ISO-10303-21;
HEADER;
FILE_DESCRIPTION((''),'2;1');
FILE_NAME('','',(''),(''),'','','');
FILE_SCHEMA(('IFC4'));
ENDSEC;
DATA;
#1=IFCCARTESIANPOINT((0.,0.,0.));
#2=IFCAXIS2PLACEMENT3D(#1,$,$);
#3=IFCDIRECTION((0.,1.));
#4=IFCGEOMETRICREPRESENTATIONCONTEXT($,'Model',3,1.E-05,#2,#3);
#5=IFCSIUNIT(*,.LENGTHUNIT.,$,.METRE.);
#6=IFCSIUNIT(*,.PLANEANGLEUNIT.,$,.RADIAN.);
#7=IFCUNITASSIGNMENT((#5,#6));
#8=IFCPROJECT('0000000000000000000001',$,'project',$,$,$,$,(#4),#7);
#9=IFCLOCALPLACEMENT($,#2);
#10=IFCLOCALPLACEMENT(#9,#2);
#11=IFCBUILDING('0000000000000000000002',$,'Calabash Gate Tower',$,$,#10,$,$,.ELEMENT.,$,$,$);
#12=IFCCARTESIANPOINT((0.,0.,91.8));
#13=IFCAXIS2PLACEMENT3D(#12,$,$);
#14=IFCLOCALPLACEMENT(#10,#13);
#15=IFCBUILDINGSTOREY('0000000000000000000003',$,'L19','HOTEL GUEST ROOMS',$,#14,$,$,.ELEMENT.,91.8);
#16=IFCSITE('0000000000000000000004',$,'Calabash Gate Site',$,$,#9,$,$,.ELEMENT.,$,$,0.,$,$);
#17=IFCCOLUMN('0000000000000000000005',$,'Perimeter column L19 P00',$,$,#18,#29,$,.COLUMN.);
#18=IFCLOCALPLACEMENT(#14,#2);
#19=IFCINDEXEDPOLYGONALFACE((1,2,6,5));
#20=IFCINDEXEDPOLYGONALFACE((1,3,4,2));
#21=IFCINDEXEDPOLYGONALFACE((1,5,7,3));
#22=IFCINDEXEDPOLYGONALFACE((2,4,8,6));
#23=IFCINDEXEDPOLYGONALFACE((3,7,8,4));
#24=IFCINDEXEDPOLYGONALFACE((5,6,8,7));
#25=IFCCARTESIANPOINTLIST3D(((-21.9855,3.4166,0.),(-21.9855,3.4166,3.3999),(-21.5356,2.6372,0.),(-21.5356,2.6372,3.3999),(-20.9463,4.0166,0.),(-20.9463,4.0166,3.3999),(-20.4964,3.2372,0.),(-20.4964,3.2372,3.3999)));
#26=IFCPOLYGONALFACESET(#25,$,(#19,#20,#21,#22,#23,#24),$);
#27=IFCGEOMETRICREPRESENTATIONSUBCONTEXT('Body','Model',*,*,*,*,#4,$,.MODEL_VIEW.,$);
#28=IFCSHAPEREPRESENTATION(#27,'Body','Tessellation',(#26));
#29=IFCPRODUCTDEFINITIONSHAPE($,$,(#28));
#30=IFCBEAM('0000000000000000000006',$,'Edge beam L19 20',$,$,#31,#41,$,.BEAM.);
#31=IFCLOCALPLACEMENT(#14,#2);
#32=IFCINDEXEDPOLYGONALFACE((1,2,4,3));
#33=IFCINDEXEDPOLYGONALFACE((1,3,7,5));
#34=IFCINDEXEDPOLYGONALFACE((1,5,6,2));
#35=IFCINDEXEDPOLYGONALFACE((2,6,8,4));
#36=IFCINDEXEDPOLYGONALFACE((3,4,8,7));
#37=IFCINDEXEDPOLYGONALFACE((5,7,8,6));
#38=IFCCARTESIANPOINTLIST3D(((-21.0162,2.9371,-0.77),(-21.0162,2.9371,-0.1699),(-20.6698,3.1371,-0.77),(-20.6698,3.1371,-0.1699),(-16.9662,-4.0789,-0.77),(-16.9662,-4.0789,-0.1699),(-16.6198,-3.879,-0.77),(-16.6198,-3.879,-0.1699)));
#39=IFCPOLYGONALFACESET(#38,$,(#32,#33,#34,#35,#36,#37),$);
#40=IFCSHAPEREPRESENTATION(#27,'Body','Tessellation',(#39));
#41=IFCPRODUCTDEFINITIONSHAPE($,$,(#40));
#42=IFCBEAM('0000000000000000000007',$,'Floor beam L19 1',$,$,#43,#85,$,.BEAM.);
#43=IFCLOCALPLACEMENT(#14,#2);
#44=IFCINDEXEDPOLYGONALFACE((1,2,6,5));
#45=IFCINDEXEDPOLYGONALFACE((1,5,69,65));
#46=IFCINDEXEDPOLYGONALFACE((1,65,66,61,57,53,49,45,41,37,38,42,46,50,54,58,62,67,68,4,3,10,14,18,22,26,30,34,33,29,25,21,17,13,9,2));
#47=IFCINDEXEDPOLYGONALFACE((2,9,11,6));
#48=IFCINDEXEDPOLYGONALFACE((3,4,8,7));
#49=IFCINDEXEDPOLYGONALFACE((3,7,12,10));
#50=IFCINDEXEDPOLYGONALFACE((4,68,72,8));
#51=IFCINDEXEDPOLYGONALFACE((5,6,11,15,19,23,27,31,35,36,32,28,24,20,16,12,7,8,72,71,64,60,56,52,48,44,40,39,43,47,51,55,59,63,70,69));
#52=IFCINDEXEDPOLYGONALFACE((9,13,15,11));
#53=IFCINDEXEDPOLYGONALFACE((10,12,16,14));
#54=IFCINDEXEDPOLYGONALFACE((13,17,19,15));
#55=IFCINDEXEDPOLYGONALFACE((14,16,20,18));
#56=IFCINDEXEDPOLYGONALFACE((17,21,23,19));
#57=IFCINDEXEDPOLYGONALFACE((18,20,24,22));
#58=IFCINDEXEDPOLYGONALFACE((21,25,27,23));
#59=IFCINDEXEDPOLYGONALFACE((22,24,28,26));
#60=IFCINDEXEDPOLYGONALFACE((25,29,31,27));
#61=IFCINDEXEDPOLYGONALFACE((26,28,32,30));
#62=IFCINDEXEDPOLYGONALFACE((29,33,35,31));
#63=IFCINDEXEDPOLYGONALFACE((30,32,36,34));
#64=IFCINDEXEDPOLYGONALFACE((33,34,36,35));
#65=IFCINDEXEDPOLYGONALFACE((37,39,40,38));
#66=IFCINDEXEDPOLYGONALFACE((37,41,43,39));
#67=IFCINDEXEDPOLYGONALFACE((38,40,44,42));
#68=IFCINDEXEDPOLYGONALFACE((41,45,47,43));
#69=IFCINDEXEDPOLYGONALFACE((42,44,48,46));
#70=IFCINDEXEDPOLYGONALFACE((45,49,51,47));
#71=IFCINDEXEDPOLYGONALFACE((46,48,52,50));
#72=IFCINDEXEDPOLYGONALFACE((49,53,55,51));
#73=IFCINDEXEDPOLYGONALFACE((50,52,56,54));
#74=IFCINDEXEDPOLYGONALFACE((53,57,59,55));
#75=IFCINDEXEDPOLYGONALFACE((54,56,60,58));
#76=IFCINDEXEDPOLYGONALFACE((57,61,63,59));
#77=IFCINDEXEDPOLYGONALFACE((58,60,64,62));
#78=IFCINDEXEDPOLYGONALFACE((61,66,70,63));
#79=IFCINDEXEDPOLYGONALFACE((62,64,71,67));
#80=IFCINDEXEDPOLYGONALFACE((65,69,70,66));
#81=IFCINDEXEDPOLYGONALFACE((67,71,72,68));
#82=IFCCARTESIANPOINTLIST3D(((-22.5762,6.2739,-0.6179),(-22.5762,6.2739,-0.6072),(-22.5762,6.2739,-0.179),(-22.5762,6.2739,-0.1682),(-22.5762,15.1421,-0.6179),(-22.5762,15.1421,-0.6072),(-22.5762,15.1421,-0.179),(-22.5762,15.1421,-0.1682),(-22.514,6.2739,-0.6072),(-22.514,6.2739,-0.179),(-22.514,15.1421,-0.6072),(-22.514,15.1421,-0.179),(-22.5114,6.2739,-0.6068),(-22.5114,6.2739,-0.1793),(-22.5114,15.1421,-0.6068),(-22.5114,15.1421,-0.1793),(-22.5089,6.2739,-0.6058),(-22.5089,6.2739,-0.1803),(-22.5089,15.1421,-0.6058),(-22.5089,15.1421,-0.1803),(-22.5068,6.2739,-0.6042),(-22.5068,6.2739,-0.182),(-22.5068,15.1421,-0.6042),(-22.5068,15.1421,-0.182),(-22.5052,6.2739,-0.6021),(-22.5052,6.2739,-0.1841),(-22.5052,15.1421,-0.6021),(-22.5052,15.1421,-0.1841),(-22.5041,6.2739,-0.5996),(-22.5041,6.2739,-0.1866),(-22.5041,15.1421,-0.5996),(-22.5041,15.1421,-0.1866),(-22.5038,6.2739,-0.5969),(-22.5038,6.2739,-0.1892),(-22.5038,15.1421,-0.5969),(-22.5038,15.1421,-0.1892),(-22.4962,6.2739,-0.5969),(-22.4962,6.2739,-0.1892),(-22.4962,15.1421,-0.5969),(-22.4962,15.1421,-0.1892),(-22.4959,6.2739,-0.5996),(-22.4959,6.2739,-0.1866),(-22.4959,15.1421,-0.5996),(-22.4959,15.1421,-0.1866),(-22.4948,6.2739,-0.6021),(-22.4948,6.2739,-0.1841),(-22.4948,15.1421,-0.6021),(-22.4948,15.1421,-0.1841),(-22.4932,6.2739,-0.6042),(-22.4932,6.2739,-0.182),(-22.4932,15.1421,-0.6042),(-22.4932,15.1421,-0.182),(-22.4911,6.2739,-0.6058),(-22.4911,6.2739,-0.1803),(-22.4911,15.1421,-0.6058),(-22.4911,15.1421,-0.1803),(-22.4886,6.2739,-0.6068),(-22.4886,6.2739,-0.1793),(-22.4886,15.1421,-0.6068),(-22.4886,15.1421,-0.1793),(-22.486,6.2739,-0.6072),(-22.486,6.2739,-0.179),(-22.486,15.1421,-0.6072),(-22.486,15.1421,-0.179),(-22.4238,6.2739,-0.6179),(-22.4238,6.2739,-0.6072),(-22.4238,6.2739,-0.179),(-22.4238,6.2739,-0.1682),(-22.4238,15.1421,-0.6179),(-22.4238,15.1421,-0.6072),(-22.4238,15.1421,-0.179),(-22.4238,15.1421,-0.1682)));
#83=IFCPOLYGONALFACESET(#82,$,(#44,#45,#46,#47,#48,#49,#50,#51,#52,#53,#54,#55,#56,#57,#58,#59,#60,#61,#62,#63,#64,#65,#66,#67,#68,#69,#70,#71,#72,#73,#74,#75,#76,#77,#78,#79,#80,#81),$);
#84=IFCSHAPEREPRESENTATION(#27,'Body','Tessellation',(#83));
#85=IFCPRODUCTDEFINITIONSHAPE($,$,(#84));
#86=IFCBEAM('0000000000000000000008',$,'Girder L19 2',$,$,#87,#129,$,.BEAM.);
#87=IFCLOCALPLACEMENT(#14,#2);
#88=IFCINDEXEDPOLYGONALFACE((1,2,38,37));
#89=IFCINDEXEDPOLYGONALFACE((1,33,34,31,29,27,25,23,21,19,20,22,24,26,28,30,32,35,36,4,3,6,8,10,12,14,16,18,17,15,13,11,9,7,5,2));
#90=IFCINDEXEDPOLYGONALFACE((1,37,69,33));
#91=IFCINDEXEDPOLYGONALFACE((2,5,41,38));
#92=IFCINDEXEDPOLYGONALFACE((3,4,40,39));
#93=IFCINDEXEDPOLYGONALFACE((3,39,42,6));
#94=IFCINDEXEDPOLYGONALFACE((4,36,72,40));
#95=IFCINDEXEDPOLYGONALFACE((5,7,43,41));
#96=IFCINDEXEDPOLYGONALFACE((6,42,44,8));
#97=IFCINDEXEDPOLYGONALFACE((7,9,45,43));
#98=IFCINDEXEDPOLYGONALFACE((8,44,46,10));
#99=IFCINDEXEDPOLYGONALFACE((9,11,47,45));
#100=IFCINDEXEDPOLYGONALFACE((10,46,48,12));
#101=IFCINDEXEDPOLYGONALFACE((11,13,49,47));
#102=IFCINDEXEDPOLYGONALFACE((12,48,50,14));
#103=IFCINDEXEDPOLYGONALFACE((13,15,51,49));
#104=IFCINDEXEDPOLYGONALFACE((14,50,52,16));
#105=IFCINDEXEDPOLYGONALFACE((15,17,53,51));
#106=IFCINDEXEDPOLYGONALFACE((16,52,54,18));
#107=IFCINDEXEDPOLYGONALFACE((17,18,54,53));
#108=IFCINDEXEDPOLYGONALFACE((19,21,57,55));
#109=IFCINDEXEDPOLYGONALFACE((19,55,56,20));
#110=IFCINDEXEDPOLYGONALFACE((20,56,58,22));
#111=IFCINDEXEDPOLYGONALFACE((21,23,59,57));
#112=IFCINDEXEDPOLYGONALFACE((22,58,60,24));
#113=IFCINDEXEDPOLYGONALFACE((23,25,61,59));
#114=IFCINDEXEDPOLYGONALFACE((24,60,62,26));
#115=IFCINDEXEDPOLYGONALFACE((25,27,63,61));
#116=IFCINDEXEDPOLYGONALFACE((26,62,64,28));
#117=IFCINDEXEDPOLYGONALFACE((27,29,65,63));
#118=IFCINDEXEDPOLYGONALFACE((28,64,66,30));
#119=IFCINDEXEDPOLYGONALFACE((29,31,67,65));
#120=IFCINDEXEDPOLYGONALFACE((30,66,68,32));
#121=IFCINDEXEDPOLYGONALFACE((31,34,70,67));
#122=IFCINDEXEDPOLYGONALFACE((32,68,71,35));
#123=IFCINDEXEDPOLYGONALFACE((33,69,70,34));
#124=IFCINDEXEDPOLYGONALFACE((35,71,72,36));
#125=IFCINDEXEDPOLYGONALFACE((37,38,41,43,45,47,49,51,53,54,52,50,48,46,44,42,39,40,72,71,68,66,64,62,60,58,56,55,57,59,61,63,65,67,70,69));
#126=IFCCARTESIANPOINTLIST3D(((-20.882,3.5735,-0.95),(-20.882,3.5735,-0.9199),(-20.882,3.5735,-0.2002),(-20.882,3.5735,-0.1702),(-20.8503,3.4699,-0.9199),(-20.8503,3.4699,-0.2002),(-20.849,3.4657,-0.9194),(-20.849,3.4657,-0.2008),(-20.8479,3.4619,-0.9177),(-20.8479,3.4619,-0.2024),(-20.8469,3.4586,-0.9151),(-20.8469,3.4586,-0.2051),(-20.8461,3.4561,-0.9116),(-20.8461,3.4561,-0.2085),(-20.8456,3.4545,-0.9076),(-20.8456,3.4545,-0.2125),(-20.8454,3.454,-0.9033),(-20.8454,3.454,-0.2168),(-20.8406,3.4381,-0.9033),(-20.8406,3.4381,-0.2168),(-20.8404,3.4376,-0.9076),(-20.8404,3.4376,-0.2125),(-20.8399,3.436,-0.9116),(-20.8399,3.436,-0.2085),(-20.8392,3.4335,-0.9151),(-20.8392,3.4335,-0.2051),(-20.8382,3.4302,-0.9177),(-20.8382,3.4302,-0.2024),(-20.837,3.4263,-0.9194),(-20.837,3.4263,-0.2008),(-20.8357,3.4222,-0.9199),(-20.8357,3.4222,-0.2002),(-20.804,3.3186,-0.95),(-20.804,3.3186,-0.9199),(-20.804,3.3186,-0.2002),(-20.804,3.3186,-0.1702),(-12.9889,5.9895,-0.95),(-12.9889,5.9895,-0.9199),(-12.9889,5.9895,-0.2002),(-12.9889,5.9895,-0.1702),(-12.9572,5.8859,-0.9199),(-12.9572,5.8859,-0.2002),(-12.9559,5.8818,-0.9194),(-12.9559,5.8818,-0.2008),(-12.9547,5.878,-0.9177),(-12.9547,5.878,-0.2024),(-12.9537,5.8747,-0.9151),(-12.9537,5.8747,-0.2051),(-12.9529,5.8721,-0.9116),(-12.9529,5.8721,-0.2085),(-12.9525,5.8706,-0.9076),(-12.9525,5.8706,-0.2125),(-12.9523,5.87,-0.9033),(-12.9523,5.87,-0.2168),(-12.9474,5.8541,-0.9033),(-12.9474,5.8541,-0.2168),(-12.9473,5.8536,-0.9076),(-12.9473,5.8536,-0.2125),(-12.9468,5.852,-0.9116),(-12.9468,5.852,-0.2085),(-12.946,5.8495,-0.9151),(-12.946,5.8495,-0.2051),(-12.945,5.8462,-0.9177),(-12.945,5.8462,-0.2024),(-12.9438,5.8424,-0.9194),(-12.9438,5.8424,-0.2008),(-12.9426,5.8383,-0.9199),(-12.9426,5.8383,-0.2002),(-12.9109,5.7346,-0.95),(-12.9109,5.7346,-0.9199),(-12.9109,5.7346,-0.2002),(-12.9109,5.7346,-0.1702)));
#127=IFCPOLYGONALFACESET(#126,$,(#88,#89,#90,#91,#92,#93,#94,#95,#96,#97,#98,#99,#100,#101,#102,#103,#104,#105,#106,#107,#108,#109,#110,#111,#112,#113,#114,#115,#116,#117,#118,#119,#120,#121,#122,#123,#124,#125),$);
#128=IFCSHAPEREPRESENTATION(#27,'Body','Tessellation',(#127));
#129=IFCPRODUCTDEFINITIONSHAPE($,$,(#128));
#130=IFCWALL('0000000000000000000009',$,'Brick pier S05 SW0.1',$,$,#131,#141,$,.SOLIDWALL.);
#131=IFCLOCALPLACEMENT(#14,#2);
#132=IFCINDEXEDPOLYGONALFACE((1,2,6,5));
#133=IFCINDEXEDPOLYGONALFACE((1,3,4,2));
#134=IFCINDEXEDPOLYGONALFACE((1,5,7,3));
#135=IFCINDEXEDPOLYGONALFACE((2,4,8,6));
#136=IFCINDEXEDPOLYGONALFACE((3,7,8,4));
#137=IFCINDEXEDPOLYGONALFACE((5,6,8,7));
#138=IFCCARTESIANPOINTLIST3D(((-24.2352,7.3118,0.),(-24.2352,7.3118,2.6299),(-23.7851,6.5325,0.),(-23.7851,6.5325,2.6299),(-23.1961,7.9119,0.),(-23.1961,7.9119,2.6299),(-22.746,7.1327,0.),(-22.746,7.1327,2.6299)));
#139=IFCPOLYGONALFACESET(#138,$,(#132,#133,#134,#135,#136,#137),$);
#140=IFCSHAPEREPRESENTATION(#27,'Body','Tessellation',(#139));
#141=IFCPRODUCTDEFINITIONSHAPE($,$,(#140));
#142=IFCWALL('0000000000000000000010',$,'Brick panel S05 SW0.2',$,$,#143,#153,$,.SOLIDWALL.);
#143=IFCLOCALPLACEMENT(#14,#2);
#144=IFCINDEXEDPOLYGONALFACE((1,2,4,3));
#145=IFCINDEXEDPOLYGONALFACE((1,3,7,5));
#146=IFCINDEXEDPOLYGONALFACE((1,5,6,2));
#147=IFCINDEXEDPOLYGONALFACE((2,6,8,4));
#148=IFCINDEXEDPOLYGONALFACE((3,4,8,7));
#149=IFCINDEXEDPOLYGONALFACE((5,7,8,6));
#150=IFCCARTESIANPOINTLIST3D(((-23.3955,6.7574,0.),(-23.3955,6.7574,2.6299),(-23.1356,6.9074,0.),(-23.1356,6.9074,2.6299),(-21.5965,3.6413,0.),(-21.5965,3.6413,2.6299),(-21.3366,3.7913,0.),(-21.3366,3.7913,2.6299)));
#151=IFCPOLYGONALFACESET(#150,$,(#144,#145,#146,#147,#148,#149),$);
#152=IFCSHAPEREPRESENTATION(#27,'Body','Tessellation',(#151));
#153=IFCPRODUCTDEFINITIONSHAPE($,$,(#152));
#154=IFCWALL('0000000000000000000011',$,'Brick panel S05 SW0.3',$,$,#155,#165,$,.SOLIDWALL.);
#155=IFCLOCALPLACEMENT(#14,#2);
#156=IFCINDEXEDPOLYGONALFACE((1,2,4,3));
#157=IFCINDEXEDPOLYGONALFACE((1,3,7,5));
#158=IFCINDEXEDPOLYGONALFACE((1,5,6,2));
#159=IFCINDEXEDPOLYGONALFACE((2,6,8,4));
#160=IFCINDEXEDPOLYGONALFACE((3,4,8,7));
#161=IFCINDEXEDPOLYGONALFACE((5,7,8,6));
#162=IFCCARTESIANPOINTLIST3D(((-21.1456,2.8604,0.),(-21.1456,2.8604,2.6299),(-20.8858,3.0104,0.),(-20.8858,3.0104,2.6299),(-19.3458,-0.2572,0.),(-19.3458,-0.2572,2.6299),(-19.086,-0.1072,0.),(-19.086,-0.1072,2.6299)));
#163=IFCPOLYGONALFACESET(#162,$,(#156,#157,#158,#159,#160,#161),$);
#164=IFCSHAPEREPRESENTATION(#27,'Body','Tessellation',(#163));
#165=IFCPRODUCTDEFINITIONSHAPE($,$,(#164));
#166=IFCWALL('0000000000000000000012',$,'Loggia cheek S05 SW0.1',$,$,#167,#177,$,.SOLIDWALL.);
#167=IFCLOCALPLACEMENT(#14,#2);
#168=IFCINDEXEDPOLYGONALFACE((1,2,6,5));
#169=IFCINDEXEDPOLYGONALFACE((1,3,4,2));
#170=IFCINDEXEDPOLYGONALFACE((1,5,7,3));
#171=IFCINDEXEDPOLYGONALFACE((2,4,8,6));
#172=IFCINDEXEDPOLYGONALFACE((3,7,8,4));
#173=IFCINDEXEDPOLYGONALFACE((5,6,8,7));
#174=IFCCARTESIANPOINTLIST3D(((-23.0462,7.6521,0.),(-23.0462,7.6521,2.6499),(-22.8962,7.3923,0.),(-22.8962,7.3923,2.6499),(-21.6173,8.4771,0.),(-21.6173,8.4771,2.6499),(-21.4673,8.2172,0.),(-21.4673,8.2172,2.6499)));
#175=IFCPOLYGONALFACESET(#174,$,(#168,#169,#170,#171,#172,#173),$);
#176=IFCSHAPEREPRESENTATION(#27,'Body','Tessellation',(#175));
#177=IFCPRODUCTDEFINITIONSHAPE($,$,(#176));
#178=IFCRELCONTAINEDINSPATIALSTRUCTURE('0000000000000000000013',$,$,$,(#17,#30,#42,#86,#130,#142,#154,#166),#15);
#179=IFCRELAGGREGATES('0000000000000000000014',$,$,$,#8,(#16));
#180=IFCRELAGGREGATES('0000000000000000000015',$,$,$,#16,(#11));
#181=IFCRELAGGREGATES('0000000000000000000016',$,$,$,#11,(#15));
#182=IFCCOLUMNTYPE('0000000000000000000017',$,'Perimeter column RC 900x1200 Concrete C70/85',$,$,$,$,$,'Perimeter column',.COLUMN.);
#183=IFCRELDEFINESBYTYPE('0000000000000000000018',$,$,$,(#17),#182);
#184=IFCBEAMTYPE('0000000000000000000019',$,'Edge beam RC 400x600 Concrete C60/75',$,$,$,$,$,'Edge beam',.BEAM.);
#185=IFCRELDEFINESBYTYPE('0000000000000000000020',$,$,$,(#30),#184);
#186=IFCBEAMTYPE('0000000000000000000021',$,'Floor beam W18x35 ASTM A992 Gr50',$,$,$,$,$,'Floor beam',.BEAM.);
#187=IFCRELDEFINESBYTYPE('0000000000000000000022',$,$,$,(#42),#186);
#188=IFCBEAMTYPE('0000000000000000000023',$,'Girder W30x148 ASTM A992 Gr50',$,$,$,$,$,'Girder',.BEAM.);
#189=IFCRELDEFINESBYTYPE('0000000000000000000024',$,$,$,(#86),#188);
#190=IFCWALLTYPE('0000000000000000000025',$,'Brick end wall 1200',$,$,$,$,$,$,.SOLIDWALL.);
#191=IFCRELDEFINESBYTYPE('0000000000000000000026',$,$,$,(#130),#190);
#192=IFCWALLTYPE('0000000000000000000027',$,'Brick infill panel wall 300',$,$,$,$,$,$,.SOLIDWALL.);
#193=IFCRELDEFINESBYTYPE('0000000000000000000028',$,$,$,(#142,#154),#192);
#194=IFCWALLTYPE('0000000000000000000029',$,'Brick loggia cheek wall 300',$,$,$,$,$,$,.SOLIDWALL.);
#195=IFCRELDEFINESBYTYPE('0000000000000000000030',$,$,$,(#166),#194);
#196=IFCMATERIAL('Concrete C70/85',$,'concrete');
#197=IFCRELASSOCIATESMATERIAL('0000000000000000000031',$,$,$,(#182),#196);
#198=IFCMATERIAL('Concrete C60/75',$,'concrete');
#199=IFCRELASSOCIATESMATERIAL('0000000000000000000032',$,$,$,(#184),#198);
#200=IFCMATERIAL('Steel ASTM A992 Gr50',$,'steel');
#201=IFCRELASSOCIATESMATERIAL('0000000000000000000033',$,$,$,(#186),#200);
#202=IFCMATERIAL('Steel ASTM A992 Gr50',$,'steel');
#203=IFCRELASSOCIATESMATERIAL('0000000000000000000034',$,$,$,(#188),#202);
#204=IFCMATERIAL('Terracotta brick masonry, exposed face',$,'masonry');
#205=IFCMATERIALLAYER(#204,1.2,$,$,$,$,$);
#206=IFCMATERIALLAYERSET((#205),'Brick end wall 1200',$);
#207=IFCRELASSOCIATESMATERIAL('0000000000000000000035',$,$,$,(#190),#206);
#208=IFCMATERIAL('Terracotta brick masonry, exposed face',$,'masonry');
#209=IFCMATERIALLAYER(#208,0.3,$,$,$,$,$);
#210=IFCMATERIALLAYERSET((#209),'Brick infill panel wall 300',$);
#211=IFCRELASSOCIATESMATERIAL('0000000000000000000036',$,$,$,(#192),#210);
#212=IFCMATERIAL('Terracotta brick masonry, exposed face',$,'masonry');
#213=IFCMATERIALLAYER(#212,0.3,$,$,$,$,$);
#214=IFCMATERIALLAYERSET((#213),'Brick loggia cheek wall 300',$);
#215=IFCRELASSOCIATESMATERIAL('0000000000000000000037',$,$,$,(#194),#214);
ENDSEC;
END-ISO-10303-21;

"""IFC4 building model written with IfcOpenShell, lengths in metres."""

from ifc_helpers import new_model, si_unit, direction, frame, frame_2d, origin, origin_2d, place, context, subcontext, project, spatial, rectangle, i_section, extrude, material, layer, layer_set, material_profile, profile_set, type_object, element, save


model = new_model("IFC4")

# Units and contexts
model_context = context("Model", 3, precision=1e-05, world=origin(), true_north=direction((0.0, 1.0)))
body_context = subcontext(model_context, "Body", "Model", "MODEL_VIEW")
ifc_project = project(units=[si_unit("LENGTHUNIT", "METRE"), si_unit("PLANEANGLEUNIT", "RADIAN")], contexts=[model_context])

# Site, building, storey
site_placement = place(None, origin())
site = spatial("IfcSite", under=ifc_project, at=site_placement, Name="Calabash Gate Site", CompositionType="ELEMENT", RefElevation=0.0)
building_placement = place(site_placement, origin())
building = spatial("IfcBuilding", under=site, at=building_placement, Name="Calabash Gate Tower", CompositionType="ELEMENT")
storey_placement = place(building_placement, frame((0.0, 0.0, 91.8)))
storey = spatial("IfcBuildingStorey", under=building, at=storey_placement, Name="L19", Description="HOTEL GUEST ROOMS", CompositionType="ELEMENT", Elevation=91.8)

# Column
ifc_material_1 = material(Name="Concrete C70/85", Category="concrete")
ifc_material_profile_1 = material_profile(ifc_material_1, rectangle(XDim=0.8999, YDim=1.2, at=origin_2d()))
ifc_profile_set_1 = profile_set([ifc_material_profile_1], Name="Concrete C70/85")
column_type = type_object("IfcColumnType", Name="Perimeter column RC 900x1200 Concrete C70/85", ElementType="Perimeter column", PredefinedType="COLUMN", material=ifc_profile_set_1)
column_placement = place(storey_placement, frame((-21.241, 3.3269, 0.0), z_axis=(0.0, 0.0, 1.0), x_axis=(0.5, -0.866025, 0.0)))
element("IfcColumn", 1, at=column_placement, inside=storey, type_object=column_type, Name="Perimeter column L19 P00", PredefinedType="COLUMN", context=body_context, shape_type="SweptSolid", body=[
    extrude(rectangle(XDim=0.8999, YDim=1.2, at=origin_2d()), origin(), (0.0, 0.0, 1.0), 3.3999),
])

# Beams
ifc_material_2 = material(Name="Concrete C60/75", Category="concrete")
ifc_material_profile_2 = material_profile(ifc_material_2, rectangle(XDim=0.3999, YDim=0.6001, at=origin_2d()))
ifc_profile_set_2 = profile_set([ifc_material_profile_2], Name="Concrete C60/75")
beam_type_1 = type_object("IfcBeamType", Name="Edge beam RC 400x600 Concrete C60/75", ElementType="Edge beam", PredefinedType="BEAM", material=ifc_profile_set_2)
beam_1_placement = place(storey_placement, frame((-20.843, 3.0371, -0.47), z_axis=(0.499935, -0.866063, 0.0), x_axis=(0.866063, 0.499935, 0.0)))
element("IfcBeam", 2, at=beam_1_placement, inside=storey, type_object=beam_type_1, Name="Edge beam L19 20", PredefinedType="BEAM", context=body_context, shape_type="SweptSolid", body=[
    extrude(rectangle(XDim=0.3999, YDim=0.6001, at=origin_2d()), origin(), (0.0, 0.0, 1.0), 8.1011),
])
ifc_material_3 = material(Name="Steel ASTM A992 Gr50", Category="steel")
ifc_material_profile_3 = material_profile(ifc_material_3, i_section(OverallWidth=0.1523, OverallDepth=0.4497, WebThickness=0.0076, FlangeThickness=0.0107, FilletRadius=0.0103, at=origin_2d()))
ifc_profile_set_3 = profile_set([ifc_material_profile_3], Name="Steel ASTM A992 Gr50")
beam_type_2 = type_object("IfcBeamType", Name="Floor beam W18x35 ASTM A992 Gr50", ElementType="Floor beam", PredefinedType="BEAM", material=ifc_profile_set_3)
beam_2_placement = place(storey_placement, frame((-22.5, 6.2739, -0.3931), z_axis=(0.0, 1.0, 0.0), x_axis=(-1.0, 0.0, 0.0)))
element("IfcBeam", 3, at=beam_2_placement, inside=storey, type_object=beam_type_2, Name="Floor beam L19 1", PredefinedType="BEAM", context=body_context, shape_type="SweptSolid", body=[
    extrude(i_section(OverallWidth=0.1523, OverallDepth=0.4497, WebThickness=0.0076, FlangeThickness=0.0107, FilletRadius=0.0103, at=origin_2d()), origin(), (0.0, 0.0, 1.0), 8.8682),
])
ifc_material_4 = material(Name="Steel ASTM A992 Gr50", Category="steel")
ifc_material_profile_4 = material_profile(ifc_material_4, i_section(OverallWidth=0.2666, OverallDepth=0.7798, WebThickness=0.0166, FlangeThickness=0.03, FilletRadius=0.0166, at=origin_2d()))
ifc_profile_set_4 = profile_set([ifc_material_profile_4], Name="Steel ASTM A992 Gr50")
beam_type_3 = type_object("IfcBeamType", Name="Girder W30x148 ASTM A992 Gr50", ElementType="Girder", PredefinedType="BEAM", material=ifc_profile_set_4)
beam_3_placement = place(storey_placement, frame((-20.843, 3.446, -0.5601), z_axis=(0.956208, 0.292689, 0.0), x_axis=(-0.292689, 0.956208, 0.0)))
element("IfcBeam", 4, at=beam_3_placement, inside=storey, type_object=beam_type_3, Name="Girder L19 2", PredefinedType="BEAM", context=body_context, shape_type="SweptSolid", body=[
    extrude(i_section(OverallWidth=0.2666, OverallDepth=0.7798, WebThickness=0.0166, FlangeThickness=0.03, FilletRadius=0.0166, at=origin_2d()), origin(), (0.0, 0.0, 1.0), 8.2546),
])

# Walls
ifc_material_5 = material(Name="Terracotta brick masonry, exposed face", Category="masonry")
ifc_layer_1 = layer(ifc_material_5, 1.2)
ifc_layer_set_1 = layer_set([ifc_layer_1], Name="Brick end wall 1200")
wall_type_1 = type_object("IfcWallType", Name="Brick end wall 1200", PredefinedType="SOLIDWALL", material=ifc_layer_set_1)
wall_1_placement = place(storey_placement, frame((-24.0103, 6.9221, 0.0), z_axis=(0.0, 0.0, 1.0), x_axis=(0.865955, 0.500122, 0.0)))
element("IfcWall", 5, at=wall_1_placement, inside=storey, type_object=wall_type_1, Name="Brick pier S05 SW0.1", PredefinedType="SOLIDWALL", context=body_context, shape_type="SweptSolid", body=[
    extrude(rectangle(XDim=1.2, YDim=0.8999, at=frame_2d((0.6001, 0.0))), origin(), (0.0, 0.0, 1.0), 2.6299),
])
ifc_material_6 = material(Name="Terracotta brick masonry, exposed face", Category="masonry")
ifc_layer_2 = layer(ifc_material_6, 0.3)
ifc_layer_set_2 = layer_set([ifc_layer_2], Name="Brick infill panel wall 300")
wall_type_2 = type_object("IfcWallType", Name="Brick infill panel wall 300", PredefinedType="SOLIDWALL", material=ifc_layer_set_2)
wall_2_placement = place(storey_placement, frame((-21.4666, 3.7163, 0.0), z_axis=(0.0, 0.0, 1.0), x_axis=(-0.499985, 0.866034, 0.0)))
element("IfcWall", 6, at=wall_2_placement, inside=storey, type_object=wall_type_2, Name="Brick panel S05 SW0.2", PredefinedType="SOLIDWALL", context=body_context, shape_type="SweptSolid", body=[
    extrude(rectangle(XDim=3.5981, YDim=0.3, at=frame_2d((1.7991, 0.0))), origin(), (0.0, 0.0, 1.0), 2.6299),
])
wall_3_placement = place(storey_placement, frame((-21.0156, 2.9353, 0.0), z_axis=(0.0, 0.0, 1.0), x_axis=(0.499961, -0.866048, 0.0)))
element("IfcWall", 7, at=wall_3_placement, inside=storey, type_object=wall_type_2, Name="Brick panel S05 SW0.3", PredefinedType="SOLIDWALL", context=body_context, shape_type="SweptSolid", body=[
    extrude(rectangle(XDim=3.5999, YDim=0.3, at=frame_2d((1.7998, 0.0))), origin(), (0.0, 0.0, 1.0), 2.6299),
])
ifc_material_7 = material(Name="Terracotta brick masonry, exposed face", Category="masonry")
ifc_layer_3 = layer(ifc_material_7, 0.3)
ifc_layer_set_3 = layer_set([ifc_layer_3], Name="Brick loggia cheek wall 300")
wall_type_3 = type_object("IfcWallType", Name="Brick loggia cheek wall 300", PredefinedType="SOLIDWALL", material=ifc_layer_set_3)
wall_4_placement = place(storey_placement, frame((-22.9712, 7.5222, 0.0), z_axis=(0.0, 0.0, 1.0), x_axis=(0.86604, 0.499974, 0.0)))
element("IfcWall", 8, at=wall_4_placement, inside=storey, type_object=wall_type_3, Name="Loggia cheek S05 SW0.1", PredefinedType="SOLIDWALL", context=body_context, shape_type="SweptSolid", body=[
    extrude(rectangle(XDim=1.6499, YDim=0.3, at=frame_2d((0.825, 0.0))), origin(), (0.0, 0.0, 1.0), 2.6499),
])

save(model, "model.ifc")
